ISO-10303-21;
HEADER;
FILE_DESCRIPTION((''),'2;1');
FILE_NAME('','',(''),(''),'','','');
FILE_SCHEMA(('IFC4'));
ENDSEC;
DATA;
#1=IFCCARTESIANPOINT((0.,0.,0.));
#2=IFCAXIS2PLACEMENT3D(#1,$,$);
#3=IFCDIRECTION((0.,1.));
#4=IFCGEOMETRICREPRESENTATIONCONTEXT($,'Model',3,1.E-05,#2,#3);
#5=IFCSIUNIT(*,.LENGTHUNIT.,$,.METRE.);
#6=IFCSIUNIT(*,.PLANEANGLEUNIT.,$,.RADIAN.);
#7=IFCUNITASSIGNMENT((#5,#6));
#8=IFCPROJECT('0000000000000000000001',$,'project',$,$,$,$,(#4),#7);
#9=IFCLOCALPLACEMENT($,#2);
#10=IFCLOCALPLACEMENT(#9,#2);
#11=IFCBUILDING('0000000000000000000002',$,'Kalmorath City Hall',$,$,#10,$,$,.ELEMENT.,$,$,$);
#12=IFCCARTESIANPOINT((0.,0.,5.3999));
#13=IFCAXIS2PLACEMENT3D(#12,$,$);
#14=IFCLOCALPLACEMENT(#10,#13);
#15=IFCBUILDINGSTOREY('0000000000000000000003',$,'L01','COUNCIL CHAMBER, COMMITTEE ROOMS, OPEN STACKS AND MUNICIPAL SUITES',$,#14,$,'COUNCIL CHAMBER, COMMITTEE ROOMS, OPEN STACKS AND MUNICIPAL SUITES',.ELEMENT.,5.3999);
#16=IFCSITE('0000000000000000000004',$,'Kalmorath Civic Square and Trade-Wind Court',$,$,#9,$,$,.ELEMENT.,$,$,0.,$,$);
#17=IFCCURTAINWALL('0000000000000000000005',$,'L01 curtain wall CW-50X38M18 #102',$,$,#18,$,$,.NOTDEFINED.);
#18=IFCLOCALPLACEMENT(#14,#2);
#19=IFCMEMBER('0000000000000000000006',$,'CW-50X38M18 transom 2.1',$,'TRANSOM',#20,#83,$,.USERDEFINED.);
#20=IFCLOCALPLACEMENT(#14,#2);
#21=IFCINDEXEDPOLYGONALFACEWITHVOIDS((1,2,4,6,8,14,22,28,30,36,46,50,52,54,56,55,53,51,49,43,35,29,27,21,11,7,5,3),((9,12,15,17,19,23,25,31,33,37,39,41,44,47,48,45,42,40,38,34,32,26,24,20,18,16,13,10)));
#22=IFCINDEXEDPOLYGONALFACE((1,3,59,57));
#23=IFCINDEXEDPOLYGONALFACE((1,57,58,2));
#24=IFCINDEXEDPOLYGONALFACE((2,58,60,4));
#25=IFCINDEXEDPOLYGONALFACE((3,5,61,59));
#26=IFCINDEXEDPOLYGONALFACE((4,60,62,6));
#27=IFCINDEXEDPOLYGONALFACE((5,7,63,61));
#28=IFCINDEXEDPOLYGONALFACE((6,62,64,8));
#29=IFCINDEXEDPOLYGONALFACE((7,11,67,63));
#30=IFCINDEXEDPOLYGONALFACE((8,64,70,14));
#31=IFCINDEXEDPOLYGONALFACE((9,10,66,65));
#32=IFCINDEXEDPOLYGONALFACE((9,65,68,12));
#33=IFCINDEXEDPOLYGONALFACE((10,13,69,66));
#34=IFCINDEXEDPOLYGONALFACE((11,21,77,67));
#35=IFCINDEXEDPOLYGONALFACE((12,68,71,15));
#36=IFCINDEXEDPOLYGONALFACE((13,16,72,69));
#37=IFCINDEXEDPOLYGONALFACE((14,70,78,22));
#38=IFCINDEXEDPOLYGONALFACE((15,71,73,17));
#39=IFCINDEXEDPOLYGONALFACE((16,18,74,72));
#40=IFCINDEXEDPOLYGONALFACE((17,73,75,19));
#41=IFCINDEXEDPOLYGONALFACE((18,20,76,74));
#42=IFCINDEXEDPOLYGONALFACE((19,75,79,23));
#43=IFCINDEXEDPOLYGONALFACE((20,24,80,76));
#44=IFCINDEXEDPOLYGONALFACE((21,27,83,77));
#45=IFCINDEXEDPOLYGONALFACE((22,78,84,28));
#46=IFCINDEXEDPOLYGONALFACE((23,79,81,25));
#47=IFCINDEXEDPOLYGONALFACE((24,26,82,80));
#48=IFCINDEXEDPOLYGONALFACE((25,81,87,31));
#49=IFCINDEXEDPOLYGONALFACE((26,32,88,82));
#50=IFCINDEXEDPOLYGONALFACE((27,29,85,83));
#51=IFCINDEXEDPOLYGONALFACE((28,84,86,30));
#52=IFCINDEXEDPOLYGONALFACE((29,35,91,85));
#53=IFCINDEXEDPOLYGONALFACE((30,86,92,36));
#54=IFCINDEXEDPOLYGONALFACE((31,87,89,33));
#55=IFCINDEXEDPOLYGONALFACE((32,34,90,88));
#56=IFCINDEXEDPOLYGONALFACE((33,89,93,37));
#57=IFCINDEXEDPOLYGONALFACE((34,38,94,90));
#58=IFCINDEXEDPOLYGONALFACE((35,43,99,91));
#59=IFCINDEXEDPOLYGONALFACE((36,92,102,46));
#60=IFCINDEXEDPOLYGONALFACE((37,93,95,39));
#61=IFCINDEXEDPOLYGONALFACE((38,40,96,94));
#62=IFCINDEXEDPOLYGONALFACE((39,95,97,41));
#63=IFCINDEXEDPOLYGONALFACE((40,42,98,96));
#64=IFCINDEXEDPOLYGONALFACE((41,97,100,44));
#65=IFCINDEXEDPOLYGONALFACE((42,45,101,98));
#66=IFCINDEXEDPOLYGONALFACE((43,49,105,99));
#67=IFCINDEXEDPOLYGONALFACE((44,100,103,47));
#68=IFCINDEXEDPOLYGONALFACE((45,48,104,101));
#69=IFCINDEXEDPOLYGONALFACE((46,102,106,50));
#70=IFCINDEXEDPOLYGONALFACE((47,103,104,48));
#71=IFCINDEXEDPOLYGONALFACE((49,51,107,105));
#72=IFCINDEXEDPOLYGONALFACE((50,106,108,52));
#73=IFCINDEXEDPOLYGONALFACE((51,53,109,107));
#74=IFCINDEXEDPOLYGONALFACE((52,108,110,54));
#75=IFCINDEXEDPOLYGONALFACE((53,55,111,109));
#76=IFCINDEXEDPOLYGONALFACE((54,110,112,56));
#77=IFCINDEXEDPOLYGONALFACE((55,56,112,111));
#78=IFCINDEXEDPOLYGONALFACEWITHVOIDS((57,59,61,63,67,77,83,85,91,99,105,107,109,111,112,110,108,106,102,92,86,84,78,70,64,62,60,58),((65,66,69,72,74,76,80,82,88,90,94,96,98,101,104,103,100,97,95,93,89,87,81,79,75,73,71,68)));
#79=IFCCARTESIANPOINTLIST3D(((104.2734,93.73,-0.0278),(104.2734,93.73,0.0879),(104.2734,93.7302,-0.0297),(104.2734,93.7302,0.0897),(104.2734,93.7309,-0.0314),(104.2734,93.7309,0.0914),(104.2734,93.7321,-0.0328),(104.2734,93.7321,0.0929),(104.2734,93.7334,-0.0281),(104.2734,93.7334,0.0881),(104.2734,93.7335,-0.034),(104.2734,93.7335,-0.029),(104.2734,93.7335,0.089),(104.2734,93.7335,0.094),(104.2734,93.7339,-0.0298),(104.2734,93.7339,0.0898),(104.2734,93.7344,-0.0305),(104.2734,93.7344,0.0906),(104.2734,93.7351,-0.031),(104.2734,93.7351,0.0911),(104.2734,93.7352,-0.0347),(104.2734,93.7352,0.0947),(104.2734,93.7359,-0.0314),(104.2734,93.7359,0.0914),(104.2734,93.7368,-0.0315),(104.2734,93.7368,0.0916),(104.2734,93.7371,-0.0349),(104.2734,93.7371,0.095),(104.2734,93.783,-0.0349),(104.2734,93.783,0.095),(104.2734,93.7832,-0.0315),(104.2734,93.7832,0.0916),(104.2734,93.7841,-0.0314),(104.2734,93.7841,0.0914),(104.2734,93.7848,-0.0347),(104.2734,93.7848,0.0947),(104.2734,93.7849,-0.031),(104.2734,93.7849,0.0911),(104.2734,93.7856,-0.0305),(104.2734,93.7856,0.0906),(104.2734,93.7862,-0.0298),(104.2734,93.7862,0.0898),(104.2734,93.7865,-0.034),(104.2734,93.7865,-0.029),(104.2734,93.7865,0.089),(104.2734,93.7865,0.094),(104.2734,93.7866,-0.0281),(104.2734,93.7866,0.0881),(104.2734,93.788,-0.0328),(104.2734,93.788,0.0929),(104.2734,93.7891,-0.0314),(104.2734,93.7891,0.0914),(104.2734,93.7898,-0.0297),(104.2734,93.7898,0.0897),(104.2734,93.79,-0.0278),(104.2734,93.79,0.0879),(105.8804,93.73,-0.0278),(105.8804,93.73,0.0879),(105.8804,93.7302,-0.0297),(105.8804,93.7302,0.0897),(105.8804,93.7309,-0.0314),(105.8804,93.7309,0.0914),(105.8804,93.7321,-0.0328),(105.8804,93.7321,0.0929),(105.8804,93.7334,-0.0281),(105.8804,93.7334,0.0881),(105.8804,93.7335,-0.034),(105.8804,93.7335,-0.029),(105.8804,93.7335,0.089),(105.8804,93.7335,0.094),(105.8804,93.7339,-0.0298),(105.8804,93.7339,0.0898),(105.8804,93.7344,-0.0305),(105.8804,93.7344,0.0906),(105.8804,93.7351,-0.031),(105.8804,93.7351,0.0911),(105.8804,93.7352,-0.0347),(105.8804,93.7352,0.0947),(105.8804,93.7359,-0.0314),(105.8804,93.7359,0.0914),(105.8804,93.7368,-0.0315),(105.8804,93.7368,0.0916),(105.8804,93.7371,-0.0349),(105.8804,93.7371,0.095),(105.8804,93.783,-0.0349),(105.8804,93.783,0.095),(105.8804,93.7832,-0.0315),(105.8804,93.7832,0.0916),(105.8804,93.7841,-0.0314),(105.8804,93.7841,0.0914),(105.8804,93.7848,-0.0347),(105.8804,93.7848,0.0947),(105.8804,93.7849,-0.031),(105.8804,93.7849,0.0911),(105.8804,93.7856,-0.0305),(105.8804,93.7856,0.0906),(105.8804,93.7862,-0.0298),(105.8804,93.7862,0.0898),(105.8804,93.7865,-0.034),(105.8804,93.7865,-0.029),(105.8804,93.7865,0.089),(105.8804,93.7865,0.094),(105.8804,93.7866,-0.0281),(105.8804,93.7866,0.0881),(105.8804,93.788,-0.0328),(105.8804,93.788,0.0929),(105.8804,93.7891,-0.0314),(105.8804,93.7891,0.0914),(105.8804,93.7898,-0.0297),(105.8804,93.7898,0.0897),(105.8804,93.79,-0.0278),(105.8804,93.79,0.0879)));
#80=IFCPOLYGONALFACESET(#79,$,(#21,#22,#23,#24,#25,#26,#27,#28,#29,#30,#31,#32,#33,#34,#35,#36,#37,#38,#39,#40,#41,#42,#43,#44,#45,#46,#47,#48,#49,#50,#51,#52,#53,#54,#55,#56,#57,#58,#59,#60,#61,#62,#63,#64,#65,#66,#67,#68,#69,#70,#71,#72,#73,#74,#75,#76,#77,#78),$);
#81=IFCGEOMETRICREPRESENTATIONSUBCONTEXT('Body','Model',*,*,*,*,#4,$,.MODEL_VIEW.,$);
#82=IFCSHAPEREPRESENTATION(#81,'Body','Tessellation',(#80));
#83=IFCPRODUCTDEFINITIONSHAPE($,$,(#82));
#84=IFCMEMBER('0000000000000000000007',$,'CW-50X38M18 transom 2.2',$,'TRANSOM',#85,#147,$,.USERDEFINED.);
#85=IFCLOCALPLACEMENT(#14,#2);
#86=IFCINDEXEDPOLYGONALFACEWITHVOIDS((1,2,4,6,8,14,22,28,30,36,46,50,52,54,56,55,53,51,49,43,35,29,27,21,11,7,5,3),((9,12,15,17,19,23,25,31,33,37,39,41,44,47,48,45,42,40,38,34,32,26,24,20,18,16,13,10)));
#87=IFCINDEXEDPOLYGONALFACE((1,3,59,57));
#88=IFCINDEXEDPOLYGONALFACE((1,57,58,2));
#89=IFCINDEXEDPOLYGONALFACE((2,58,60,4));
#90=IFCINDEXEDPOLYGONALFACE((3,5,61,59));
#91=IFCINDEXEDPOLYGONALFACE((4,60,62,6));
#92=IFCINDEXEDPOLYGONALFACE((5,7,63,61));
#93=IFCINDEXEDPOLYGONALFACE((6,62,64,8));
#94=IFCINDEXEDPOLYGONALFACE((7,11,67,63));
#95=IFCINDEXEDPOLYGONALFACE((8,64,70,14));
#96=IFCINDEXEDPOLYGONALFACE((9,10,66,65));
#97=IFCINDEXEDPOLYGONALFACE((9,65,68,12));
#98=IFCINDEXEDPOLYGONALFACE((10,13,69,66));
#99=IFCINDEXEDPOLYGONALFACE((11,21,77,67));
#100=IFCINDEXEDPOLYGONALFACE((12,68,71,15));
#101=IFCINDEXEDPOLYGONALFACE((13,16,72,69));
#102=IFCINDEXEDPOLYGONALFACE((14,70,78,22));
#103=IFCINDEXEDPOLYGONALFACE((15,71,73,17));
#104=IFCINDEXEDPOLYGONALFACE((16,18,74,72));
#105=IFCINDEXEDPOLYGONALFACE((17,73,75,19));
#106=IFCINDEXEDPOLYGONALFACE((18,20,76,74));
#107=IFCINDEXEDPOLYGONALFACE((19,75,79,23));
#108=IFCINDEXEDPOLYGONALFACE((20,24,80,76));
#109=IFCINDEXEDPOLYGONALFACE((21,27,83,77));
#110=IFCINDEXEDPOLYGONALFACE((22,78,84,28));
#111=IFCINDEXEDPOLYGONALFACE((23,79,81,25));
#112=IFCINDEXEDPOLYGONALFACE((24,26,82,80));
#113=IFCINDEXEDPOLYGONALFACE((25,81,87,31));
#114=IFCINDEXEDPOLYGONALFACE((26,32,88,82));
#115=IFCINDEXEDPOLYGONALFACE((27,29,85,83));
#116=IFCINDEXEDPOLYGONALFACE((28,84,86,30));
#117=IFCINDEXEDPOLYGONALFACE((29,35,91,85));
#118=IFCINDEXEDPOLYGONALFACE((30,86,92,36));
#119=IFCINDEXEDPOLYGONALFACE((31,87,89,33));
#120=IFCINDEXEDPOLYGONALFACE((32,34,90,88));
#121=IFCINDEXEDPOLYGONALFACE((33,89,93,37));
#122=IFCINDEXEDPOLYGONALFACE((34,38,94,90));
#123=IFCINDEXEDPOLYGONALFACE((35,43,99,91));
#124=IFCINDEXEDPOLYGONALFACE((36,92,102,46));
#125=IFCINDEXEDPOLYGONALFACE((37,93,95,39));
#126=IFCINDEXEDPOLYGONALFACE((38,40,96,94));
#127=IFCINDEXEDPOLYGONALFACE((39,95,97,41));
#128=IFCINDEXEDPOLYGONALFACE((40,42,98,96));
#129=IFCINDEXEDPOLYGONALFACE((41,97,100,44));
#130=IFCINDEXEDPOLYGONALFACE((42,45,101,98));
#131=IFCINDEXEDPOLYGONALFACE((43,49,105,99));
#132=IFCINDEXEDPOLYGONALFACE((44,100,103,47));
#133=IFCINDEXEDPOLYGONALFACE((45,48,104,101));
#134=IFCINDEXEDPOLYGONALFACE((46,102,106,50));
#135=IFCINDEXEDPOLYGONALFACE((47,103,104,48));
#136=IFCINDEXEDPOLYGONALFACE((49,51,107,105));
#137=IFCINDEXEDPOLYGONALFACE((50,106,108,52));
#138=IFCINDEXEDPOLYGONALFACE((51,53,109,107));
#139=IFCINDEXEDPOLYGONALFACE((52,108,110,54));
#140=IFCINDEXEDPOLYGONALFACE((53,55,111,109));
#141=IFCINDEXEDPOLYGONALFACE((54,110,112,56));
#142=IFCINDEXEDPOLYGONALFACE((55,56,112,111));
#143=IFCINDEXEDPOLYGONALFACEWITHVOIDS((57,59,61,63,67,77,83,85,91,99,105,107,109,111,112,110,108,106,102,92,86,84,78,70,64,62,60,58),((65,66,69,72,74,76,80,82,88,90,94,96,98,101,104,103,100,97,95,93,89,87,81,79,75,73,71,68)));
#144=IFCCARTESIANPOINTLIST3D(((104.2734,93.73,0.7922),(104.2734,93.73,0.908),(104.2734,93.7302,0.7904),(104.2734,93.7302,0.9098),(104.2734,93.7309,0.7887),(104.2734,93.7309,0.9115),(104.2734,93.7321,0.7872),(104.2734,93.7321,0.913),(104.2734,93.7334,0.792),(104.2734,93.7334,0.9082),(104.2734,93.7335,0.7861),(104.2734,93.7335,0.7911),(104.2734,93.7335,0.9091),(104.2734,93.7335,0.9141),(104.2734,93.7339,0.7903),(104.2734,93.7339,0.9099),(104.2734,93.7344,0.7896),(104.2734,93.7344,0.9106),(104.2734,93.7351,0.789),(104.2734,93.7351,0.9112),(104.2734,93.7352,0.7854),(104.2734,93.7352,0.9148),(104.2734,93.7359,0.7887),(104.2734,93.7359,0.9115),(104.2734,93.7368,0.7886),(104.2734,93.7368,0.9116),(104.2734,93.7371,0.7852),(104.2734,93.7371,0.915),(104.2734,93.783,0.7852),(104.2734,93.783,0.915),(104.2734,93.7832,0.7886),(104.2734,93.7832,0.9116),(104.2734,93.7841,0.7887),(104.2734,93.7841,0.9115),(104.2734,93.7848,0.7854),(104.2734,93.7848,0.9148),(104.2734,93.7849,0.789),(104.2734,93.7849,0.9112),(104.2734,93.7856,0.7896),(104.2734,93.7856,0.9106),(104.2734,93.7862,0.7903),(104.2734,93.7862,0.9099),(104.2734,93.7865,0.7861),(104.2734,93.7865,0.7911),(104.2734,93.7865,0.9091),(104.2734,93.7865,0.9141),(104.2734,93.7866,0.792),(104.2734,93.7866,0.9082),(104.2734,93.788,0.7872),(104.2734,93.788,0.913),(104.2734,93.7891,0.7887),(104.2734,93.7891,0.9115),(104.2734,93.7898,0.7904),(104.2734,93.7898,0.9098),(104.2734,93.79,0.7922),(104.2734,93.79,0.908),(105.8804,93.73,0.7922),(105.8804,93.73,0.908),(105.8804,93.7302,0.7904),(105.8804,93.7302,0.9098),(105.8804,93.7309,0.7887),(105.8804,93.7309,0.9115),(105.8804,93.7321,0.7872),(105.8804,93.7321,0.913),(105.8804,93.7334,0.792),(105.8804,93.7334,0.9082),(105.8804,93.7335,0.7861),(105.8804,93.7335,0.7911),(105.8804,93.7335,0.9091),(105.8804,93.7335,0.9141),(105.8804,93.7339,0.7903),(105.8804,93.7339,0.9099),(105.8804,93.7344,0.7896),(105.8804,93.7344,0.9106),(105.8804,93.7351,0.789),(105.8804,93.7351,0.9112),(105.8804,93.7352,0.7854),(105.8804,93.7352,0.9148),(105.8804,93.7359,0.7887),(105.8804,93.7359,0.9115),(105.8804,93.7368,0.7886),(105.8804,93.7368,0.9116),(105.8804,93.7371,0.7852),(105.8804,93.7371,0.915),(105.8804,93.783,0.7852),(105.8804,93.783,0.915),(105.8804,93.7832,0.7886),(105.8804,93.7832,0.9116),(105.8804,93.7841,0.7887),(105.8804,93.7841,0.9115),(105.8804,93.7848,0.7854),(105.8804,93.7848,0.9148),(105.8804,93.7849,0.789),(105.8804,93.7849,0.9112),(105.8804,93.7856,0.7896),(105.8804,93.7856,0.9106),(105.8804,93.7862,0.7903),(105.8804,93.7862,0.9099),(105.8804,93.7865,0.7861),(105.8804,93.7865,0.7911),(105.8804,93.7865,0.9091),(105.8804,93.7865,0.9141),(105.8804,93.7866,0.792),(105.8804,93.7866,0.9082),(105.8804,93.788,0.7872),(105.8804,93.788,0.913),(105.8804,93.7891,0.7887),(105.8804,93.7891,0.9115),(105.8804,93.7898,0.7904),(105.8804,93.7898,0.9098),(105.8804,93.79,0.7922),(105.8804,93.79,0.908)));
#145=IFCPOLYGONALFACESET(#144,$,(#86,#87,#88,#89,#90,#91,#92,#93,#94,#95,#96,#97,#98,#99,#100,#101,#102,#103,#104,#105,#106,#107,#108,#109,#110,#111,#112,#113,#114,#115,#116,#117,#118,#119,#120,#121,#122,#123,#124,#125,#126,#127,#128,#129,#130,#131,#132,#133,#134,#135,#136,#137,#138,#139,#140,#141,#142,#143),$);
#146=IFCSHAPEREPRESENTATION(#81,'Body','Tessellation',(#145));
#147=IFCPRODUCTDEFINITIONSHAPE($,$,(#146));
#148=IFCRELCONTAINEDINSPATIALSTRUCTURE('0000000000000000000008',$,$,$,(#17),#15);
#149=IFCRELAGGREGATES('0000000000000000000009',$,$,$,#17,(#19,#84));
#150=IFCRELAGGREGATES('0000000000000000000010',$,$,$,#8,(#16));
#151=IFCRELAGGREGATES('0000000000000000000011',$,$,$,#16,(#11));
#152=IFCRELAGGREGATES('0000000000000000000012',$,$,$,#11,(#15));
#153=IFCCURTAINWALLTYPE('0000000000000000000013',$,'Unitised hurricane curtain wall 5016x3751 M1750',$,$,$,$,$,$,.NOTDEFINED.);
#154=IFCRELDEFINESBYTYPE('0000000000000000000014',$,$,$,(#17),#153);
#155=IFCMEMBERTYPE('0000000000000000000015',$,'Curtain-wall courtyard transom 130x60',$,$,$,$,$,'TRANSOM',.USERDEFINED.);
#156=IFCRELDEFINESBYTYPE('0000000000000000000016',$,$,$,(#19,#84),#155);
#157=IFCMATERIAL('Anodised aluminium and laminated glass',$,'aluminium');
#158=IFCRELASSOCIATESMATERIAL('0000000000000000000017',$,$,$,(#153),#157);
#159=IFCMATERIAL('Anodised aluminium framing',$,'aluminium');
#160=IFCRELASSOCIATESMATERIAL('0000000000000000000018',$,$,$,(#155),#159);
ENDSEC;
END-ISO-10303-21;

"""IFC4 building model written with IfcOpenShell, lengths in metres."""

from ifc_helpers import new_model, si_unit, direction, frame, origin, origin_2d, place, context, subcontext, project, spatial, hollow_rectangle, extrude, material, material_profile, profile_set, type_object, element, aggregate, save


model = new_model("IFC4")

# Units and contexts
model_context = context("Model", 3, precision=1e-05, world=origin(), true_north=direction((0.0, 1.0)))
body_context = subcontext(model_context, "Body", "Model", "MODEL_VIEW")
ifc_project = project(units=[si_unit("LENGTHUNIT", "METRE"), si_unit("PLANEANGLEUNIT", "RADIAN")], contexts=[model_context])

# Site, building, storey
site_placement = place(None, origin())
site = spatial("IfcSite", under=ifc_project, at=site_placement, Name="Kalmorath Civic Square and Trade-Wind Court", CompositionType="ELEMENT", RefElevation=0.0)
building_placement = place(site_placement, origin())
building = spatial("IfcBuilding", under=site, at=building_placement, Name="Kalmorath City Hall", CompositionType="ELEMENT")
storey_placement = place(building_placement, frame((0.0, 0.0, 5.3999)))
storey = spatial("IfcBuildingStorey", under=building, at=storey_placement, Name="L01", Description="COUNCIL CHAMBER, COMMITTEE ROOMS, OPEN STACKS AND MUNICIPAL SUITES", LongName="COUNCIL CHAMBER, COMMITTEE ROOMS, OPEN STACKS AND MUNICIPAL SUITES", CompositionType="ELEMENT", Elevation=5.3999)

# Curtain wall, members
ifc_material_1 = material(Name="Anodised aluminium and laminated glass", Category="aluminium")
curtain_wall_type = type_object("IfcCurtainWallType", Name="Unitised hurricane curtain wall 5016x3751 M1750", PredefinedType="NOTDEFINED", material=ifc_material_1)
curtain_wall_placement = place(storey_placement, origin())
curtain_wall = element("IfcCurtainWall", 1, at=curtain_wall_placement, inside=storey, type_object=curtain_wall_type, Name="L01 curtain wall CW-50X38M18 #102", PredefinedType="NOTDEFINED")
ifc_material_2 = material(Name="Anodised aluminium framing", Category="aluminium")
ifc_material_profile_1 = material_profile(ifc_material_2, hollow_rectangle(XDim=0.0601, YDim=0.1299, WallThickness=0.0034, InnerFilletRadius=0.0034, OuterFilletRadius=0.0071, at=origin_2d()), Name="ALU-TRN-130X60X3.5")
ifc_profile_set_1 = profile_set([ifc_material_profile_1], Name="Anodised aluminium framing")
member_type_1 = type_object("IfcMemberType", Name="Curtain-wall courtyard transom 130x60", ElementType="TRANSOM", PredefinedType="USERDEFINED", material=ifc_profile_set_1)
member_1_placement = place(storey_placement, frame((105.8804, 93.76, 0.03), z_axis=(-1.0, 0.0, 0.0), x_axis=(0.0, -1.0, 0.0)))
member_1 = element("IfcMember", 2, at=member_1_placement, type_object=member_type_1, Name="CW-50X38M18 transom 2.1", ObjectType="TRANSOM", PredefinedType="USERDEFINED", context=body_context, shape_type="SweptSolid", body=[
    extrude(hollow_rectangle(XDim=0.0601, YDim=0.1299, WallThickness=0.0034, InnerFilletRadius=0.0034, OuterFilletRadius=0.0071, at=origin_2d()), origin(), (0.0, 0.0, 1.0), 1.6069),
])
member_2_placement = place(storey_placement, frame((105.8804, 93.76, 0.8501), z_axis=(-1.0, 0.0, 0.0), x_axis=(0.0, -1.0, 0.0)))
member_2 = element("IfcMember", 3, at=member_2_placement, type_object=member_type_1, Name="CW-50X38M18 transom 2.2", ObjectType="TRANSOM", PredefinedType="USERDEFINED", context=body_context, shape_type="SweptSolid", body=[
    extrude(hollow_rectangle(XDim=0.0601, YDim=0.1299, WallThickness=0.0034, InnerFilletRadius=0.0034, OuterFilletRadius=0.0071, at=origin_2d()), origin(), (0.0, 0.0, 1.0), 1.6069),
])
aggregate(curtain_wall, [member_1, member_2])

save(model, "model.ifc")
